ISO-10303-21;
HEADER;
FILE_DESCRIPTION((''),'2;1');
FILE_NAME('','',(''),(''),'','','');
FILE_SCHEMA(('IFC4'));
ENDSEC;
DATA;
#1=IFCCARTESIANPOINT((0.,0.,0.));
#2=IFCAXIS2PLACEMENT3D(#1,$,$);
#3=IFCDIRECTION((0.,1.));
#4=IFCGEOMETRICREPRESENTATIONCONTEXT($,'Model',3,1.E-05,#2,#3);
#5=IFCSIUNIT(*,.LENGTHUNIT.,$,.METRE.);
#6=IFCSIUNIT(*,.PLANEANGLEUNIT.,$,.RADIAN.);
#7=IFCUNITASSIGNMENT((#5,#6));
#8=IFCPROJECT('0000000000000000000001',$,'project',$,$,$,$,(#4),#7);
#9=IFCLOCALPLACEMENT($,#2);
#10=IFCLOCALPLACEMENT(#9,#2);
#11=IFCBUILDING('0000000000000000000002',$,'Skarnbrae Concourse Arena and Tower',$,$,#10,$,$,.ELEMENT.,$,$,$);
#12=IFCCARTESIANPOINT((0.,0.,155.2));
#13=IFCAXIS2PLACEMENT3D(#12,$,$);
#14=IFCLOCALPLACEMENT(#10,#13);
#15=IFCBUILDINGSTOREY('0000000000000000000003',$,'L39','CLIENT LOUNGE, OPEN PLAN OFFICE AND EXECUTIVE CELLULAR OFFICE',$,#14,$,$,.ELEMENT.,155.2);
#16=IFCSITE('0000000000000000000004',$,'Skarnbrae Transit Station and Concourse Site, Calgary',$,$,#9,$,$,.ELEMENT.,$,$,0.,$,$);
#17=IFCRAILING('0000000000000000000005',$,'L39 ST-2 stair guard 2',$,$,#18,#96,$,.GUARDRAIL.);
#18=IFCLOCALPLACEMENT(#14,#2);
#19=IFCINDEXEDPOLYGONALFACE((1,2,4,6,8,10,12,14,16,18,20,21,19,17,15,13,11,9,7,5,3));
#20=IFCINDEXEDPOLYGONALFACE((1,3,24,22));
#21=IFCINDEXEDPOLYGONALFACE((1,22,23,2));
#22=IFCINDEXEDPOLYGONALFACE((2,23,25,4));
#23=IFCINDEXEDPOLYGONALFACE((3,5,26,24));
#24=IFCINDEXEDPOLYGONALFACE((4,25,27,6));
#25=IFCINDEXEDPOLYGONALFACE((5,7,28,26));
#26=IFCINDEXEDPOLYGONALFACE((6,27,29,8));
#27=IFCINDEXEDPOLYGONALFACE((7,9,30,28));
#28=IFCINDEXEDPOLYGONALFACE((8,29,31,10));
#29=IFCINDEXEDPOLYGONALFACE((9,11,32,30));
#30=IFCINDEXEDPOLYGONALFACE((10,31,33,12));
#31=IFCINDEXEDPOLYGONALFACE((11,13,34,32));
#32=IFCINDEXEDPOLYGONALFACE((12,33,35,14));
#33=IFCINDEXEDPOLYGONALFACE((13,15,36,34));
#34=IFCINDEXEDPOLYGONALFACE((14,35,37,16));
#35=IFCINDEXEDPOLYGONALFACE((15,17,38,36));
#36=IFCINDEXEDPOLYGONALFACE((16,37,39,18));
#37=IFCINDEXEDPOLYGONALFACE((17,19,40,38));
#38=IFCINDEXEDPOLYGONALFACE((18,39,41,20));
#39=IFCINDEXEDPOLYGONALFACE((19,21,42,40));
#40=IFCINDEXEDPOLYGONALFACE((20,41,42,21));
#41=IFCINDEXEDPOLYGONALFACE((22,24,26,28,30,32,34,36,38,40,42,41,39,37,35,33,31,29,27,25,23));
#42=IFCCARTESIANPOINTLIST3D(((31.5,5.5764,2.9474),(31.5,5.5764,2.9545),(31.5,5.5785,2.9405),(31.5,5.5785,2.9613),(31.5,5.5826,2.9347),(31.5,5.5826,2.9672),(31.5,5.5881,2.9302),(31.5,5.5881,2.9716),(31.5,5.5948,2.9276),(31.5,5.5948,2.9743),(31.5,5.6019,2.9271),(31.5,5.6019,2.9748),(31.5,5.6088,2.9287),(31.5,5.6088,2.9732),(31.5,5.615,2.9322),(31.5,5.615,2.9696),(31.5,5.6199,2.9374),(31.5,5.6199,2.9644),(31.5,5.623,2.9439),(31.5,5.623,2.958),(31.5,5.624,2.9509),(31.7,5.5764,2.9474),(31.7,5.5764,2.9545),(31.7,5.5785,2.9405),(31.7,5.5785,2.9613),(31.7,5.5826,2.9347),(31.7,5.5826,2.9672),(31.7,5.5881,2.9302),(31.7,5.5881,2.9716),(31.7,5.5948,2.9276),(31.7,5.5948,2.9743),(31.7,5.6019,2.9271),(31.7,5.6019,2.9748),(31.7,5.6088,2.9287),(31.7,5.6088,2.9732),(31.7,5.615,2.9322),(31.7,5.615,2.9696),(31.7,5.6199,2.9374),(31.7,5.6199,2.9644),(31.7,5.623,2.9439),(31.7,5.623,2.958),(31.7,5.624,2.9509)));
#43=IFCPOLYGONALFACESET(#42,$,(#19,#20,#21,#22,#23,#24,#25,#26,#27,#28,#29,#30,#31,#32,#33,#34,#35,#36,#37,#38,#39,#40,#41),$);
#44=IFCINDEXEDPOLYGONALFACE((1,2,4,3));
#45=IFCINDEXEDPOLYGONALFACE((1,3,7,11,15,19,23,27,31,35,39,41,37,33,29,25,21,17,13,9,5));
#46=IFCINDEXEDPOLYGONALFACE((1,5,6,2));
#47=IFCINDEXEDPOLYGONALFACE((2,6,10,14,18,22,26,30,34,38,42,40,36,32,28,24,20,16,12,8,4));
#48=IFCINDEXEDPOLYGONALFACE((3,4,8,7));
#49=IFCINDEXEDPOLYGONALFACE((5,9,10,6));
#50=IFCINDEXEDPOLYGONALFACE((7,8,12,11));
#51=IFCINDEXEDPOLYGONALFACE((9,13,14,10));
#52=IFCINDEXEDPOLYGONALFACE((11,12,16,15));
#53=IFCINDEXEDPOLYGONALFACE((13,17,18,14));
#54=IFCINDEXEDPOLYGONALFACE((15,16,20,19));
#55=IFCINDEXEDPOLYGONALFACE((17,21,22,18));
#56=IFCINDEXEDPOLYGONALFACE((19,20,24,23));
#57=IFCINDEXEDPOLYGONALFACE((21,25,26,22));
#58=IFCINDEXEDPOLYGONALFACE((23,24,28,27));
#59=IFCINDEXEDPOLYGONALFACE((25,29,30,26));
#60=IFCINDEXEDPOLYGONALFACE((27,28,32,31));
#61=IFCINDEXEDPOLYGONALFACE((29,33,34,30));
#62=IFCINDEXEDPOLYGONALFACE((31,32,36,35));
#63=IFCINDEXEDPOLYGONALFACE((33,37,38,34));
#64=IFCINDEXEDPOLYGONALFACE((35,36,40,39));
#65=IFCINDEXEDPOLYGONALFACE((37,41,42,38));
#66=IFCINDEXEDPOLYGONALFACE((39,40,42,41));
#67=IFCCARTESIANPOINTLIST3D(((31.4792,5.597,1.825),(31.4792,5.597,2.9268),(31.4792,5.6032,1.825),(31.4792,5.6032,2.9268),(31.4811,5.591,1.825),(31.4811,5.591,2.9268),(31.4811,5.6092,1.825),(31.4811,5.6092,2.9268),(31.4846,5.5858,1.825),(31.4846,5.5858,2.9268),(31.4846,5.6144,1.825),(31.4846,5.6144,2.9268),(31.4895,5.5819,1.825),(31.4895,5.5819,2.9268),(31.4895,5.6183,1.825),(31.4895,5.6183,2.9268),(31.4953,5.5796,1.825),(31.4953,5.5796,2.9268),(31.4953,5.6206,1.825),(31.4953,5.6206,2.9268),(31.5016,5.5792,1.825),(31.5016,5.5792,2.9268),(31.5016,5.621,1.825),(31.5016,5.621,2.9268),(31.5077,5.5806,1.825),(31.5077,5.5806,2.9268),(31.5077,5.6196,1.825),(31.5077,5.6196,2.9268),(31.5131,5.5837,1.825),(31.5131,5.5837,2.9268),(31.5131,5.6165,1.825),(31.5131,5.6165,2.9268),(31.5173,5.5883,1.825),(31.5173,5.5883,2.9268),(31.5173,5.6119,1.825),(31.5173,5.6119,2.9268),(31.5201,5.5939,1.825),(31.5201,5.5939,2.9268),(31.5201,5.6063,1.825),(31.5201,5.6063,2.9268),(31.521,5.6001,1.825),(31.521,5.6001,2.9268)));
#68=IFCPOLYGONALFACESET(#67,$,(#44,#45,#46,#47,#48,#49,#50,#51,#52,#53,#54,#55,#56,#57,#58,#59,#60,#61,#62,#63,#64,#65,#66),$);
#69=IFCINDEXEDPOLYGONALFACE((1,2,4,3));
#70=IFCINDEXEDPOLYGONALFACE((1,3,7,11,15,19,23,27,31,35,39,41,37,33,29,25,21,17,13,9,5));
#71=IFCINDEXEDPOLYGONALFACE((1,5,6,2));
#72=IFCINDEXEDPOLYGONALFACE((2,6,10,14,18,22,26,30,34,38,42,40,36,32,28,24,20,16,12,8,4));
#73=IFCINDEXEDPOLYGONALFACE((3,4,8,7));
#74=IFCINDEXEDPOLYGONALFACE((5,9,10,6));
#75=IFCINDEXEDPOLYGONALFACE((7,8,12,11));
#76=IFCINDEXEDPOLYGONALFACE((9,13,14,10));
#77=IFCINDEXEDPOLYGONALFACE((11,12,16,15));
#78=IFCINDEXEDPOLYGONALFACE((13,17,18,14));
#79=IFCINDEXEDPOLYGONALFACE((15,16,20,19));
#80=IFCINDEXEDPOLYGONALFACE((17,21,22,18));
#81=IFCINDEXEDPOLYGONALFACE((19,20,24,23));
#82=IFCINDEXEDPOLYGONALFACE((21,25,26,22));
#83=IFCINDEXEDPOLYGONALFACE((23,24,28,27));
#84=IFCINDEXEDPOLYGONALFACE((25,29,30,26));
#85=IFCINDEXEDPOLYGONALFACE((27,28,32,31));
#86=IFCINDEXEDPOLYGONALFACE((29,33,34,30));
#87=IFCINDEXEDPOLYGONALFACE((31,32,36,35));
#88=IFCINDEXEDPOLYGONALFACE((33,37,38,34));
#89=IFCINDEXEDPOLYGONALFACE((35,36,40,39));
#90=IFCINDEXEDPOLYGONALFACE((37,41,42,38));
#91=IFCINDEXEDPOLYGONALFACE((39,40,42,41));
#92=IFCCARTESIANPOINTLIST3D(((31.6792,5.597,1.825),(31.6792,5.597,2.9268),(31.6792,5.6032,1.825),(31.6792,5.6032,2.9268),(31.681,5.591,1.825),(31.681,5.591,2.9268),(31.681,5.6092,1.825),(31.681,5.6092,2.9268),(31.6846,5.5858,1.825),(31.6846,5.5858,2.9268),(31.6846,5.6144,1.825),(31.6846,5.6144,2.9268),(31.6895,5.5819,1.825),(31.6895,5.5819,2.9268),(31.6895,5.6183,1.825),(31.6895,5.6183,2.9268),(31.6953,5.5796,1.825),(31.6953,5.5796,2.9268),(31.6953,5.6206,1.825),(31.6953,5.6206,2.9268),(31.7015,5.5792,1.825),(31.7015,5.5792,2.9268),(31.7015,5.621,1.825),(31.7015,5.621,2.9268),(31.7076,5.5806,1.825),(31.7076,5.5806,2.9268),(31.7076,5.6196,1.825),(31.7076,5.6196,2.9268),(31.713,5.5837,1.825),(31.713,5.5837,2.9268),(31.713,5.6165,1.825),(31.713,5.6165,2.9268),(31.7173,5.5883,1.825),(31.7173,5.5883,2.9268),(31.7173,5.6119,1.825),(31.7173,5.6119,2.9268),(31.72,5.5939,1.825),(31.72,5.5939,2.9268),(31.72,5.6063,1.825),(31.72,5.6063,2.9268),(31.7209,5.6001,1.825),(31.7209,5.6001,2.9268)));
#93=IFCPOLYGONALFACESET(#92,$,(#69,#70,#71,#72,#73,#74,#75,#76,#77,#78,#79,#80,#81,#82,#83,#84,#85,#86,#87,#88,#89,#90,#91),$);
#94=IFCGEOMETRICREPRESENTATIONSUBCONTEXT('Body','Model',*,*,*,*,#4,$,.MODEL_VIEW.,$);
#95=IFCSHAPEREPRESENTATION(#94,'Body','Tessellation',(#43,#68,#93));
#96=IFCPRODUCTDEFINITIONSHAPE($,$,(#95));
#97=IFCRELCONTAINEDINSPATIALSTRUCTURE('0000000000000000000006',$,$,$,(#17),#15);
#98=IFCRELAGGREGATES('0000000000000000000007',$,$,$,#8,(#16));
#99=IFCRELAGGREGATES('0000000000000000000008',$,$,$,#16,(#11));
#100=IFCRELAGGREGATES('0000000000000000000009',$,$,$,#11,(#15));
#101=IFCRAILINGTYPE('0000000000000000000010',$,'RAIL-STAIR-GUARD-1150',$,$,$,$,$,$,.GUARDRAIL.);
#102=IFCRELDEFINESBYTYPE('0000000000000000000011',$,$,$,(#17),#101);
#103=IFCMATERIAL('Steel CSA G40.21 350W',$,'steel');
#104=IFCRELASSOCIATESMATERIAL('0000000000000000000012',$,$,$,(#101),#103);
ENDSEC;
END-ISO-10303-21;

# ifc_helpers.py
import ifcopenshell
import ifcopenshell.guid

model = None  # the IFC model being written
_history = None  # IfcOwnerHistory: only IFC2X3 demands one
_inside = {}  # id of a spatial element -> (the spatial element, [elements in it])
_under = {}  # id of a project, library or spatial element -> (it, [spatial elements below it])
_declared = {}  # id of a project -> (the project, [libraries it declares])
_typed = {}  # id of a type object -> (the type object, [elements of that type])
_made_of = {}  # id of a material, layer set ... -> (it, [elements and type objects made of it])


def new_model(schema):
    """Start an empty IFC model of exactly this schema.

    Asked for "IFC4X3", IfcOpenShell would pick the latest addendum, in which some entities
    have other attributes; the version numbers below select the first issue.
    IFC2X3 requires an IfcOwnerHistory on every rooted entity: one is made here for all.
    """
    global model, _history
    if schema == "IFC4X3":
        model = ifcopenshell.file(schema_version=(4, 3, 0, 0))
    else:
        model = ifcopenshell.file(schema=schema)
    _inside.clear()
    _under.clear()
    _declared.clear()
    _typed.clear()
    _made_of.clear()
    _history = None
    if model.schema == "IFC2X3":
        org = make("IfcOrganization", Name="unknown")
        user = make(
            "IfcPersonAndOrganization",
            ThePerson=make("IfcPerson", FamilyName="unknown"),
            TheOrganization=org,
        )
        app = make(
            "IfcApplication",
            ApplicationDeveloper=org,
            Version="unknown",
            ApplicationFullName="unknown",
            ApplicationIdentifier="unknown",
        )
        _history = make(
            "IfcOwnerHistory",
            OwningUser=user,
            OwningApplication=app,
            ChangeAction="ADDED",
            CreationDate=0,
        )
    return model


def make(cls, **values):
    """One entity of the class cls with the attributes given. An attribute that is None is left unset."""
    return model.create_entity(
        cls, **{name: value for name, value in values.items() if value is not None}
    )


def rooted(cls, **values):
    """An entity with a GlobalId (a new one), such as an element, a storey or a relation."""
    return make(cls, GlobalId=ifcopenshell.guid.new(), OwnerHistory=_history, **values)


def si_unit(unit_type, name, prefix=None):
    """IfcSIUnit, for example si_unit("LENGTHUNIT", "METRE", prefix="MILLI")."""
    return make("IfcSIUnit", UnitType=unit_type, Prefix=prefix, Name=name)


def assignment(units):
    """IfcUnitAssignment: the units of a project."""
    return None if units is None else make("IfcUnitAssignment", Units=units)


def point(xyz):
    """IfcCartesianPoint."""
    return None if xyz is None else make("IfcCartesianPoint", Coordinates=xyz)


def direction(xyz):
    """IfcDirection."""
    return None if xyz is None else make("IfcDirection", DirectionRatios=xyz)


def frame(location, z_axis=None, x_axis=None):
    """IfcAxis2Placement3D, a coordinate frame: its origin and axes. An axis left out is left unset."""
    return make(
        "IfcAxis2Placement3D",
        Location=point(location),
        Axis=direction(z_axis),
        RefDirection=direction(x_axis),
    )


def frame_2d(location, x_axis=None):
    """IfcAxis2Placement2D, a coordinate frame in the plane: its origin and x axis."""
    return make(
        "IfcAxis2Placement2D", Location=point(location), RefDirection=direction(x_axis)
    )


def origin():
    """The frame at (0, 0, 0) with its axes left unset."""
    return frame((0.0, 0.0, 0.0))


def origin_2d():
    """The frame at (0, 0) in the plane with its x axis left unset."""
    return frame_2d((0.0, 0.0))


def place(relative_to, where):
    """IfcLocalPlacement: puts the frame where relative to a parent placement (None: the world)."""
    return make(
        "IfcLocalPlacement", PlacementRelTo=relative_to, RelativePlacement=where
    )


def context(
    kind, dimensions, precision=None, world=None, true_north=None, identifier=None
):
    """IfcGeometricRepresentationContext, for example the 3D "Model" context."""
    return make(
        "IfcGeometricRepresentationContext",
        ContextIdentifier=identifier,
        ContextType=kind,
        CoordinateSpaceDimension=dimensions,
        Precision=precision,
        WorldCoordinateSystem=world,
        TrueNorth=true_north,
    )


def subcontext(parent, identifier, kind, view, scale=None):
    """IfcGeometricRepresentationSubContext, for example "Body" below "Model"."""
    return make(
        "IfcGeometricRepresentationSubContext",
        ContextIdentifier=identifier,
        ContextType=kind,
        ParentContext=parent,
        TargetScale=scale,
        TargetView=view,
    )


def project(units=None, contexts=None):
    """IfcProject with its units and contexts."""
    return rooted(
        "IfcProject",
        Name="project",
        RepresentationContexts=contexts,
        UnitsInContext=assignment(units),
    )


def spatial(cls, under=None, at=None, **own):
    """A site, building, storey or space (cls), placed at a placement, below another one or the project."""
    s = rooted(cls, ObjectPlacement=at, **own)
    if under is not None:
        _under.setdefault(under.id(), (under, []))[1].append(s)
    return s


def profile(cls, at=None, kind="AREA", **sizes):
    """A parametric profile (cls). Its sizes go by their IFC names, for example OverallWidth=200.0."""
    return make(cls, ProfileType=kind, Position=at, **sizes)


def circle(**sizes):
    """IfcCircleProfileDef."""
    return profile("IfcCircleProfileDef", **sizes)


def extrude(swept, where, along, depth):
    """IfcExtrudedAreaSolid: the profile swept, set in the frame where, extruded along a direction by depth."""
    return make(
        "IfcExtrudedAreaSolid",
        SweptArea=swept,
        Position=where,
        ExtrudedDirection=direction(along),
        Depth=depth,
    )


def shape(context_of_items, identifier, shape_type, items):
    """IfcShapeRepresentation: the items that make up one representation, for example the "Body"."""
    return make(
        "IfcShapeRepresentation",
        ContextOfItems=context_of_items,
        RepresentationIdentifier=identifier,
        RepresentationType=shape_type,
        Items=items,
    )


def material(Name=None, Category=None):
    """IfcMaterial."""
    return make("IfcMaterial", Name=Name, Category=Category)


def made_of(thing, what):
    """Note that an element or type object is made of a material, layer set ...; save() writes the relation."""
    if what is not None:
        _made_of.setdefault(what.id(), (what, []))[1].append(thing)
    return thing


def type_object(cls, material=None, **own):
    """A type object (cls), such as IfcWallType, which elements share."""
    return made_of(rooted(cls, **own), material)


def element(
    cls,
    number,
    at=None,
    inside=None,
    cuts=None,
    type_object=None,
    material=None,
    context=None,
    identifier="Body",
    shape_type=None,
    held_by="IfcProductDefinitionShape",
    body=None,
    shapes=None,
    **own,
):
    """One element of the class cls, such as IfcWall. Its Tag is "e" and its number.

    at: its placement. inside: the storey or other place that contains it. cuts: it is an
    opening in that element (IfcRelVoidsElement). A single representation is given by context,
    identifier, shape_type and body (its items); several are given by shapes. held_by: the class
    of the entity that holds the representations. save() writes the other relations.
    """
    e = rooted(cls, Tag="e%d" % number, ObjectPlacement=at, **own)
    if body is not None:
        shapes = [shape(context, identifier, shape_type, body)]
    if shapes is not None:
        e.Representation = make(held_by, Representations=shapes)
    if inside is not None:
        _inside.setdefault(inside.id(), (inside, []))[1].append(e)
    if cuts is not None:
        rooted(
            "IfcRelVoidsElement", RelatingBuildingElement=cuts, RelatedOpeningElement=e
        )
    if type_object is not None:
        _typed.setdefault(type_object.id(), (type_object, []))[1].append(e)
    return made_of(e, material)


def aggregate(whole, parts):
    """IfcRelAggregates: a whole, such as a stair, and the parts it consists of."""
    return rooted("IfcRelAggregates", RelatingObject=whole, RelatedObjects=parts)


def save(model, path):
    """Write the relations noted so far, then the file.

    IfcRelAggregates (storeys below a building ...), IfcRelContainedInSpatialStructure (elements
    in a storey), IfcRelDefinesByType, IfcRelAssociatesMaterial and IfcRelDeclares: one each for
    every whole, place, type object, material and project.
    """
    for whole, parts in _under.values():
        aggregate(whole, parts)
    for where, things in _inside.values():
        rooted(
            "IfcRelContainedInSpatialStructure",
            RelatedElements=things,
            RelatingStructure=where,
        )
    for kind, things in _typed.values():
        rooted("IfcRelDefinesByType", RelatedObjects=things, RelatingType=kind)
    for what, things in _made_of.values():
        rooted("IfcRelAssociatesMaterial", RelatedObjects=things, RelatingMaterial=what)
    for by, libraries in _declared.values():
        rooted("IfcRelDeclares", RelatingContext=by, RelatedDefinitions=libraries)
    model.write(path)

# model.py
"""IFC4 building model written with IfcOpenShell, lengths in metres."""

from ifc_helpers import new_model, si_unit, direction, frame, origin, origin_2d, place, context, subcontext, project, spatial, circle, extrude, material, type_object, element, save


model = new_model("IFC4")

# Units and contexts
model_context = context("Model", 3, precision=1e-05, world=origin(), true_north=direction((0.0, 1.0)))
body_context = subcontext(model_context, "Body", "Model", "MODEL_VIEW")
ifc_project = project(units=[si_unit("LENGTHUNIT", "METRE"), si_unit("PLANEANGLEUNIT", "RADIAN")], contexts=[model_context])

# Site, building, storey
site_placement = place(None, origin())
site = spatial("IfcSite", under=ifc_project, at=site_placement, Name="Skarnbrae Transit Station and Concourse Site, Calgary", CompositionType="ELEMENT", RefElevation=0.0)
building_placement = place(site_placement, origin())
building = spatial("IfcBuilding", under=site, at=building_placement, Name="Skarnbrae Concourse Arena and Tower", CompositionType="ELEMENT")
storey_placement = place(building_placement, frame((0.0, 0.0, 155.2)))
storey = spatial("IfcBuildingStorey", under=building, at=storey_placement, Name="L39", Description="CLIENT LOUNGE, OPEN PLAN OFFICE AND EXECUTIVE CELLULAR OFFICE", CompositionType="ELEMENT", Elevation=155.2)

# Shared definitions
ifc_material_1 = material(Name="Steel CSA G40.21 350W", Category="steel")

# Railing
railing_type_1 = type_object("IfcRailingType", Name="RAIL-STAIR-GUARD-1150", PredefinedType="GUARDRAIL", material=ifc_material_1)
railing_1_placement = place(storey_placement, frame((31.5, 5.6001, 1.825)))
element("IfcRailing", 1, at=railing_1_placement, inside=storey, type_object=railing_type_1, Name="L39 ST-2 stair guard 2", PredefinedType="GUARDRAIL", context=body_context, shape_type="SweptSolid", body=[
    extrude(circle(Radius=0.0239, at=origin_2d()), frame((0.0, 0.0, 1.126), z_axis=(1.0, 0.0, 0.0), x_axis=(0.0, 1.0, 0.0)), (0.0, 0.0, 1.0), 0.2),
    extrude(circle(Radius=0.021, at=origin_2d()), origin(), (0.0, 0.0, 1.0), 1.1018),
    extrude(circle(Radius=0.021, at=origin_2d()), frame((0.2, 0.0, 0.0)), (0.0, 0.0, 1.0), 1.1018),
])

save(model, "model.ifc")
